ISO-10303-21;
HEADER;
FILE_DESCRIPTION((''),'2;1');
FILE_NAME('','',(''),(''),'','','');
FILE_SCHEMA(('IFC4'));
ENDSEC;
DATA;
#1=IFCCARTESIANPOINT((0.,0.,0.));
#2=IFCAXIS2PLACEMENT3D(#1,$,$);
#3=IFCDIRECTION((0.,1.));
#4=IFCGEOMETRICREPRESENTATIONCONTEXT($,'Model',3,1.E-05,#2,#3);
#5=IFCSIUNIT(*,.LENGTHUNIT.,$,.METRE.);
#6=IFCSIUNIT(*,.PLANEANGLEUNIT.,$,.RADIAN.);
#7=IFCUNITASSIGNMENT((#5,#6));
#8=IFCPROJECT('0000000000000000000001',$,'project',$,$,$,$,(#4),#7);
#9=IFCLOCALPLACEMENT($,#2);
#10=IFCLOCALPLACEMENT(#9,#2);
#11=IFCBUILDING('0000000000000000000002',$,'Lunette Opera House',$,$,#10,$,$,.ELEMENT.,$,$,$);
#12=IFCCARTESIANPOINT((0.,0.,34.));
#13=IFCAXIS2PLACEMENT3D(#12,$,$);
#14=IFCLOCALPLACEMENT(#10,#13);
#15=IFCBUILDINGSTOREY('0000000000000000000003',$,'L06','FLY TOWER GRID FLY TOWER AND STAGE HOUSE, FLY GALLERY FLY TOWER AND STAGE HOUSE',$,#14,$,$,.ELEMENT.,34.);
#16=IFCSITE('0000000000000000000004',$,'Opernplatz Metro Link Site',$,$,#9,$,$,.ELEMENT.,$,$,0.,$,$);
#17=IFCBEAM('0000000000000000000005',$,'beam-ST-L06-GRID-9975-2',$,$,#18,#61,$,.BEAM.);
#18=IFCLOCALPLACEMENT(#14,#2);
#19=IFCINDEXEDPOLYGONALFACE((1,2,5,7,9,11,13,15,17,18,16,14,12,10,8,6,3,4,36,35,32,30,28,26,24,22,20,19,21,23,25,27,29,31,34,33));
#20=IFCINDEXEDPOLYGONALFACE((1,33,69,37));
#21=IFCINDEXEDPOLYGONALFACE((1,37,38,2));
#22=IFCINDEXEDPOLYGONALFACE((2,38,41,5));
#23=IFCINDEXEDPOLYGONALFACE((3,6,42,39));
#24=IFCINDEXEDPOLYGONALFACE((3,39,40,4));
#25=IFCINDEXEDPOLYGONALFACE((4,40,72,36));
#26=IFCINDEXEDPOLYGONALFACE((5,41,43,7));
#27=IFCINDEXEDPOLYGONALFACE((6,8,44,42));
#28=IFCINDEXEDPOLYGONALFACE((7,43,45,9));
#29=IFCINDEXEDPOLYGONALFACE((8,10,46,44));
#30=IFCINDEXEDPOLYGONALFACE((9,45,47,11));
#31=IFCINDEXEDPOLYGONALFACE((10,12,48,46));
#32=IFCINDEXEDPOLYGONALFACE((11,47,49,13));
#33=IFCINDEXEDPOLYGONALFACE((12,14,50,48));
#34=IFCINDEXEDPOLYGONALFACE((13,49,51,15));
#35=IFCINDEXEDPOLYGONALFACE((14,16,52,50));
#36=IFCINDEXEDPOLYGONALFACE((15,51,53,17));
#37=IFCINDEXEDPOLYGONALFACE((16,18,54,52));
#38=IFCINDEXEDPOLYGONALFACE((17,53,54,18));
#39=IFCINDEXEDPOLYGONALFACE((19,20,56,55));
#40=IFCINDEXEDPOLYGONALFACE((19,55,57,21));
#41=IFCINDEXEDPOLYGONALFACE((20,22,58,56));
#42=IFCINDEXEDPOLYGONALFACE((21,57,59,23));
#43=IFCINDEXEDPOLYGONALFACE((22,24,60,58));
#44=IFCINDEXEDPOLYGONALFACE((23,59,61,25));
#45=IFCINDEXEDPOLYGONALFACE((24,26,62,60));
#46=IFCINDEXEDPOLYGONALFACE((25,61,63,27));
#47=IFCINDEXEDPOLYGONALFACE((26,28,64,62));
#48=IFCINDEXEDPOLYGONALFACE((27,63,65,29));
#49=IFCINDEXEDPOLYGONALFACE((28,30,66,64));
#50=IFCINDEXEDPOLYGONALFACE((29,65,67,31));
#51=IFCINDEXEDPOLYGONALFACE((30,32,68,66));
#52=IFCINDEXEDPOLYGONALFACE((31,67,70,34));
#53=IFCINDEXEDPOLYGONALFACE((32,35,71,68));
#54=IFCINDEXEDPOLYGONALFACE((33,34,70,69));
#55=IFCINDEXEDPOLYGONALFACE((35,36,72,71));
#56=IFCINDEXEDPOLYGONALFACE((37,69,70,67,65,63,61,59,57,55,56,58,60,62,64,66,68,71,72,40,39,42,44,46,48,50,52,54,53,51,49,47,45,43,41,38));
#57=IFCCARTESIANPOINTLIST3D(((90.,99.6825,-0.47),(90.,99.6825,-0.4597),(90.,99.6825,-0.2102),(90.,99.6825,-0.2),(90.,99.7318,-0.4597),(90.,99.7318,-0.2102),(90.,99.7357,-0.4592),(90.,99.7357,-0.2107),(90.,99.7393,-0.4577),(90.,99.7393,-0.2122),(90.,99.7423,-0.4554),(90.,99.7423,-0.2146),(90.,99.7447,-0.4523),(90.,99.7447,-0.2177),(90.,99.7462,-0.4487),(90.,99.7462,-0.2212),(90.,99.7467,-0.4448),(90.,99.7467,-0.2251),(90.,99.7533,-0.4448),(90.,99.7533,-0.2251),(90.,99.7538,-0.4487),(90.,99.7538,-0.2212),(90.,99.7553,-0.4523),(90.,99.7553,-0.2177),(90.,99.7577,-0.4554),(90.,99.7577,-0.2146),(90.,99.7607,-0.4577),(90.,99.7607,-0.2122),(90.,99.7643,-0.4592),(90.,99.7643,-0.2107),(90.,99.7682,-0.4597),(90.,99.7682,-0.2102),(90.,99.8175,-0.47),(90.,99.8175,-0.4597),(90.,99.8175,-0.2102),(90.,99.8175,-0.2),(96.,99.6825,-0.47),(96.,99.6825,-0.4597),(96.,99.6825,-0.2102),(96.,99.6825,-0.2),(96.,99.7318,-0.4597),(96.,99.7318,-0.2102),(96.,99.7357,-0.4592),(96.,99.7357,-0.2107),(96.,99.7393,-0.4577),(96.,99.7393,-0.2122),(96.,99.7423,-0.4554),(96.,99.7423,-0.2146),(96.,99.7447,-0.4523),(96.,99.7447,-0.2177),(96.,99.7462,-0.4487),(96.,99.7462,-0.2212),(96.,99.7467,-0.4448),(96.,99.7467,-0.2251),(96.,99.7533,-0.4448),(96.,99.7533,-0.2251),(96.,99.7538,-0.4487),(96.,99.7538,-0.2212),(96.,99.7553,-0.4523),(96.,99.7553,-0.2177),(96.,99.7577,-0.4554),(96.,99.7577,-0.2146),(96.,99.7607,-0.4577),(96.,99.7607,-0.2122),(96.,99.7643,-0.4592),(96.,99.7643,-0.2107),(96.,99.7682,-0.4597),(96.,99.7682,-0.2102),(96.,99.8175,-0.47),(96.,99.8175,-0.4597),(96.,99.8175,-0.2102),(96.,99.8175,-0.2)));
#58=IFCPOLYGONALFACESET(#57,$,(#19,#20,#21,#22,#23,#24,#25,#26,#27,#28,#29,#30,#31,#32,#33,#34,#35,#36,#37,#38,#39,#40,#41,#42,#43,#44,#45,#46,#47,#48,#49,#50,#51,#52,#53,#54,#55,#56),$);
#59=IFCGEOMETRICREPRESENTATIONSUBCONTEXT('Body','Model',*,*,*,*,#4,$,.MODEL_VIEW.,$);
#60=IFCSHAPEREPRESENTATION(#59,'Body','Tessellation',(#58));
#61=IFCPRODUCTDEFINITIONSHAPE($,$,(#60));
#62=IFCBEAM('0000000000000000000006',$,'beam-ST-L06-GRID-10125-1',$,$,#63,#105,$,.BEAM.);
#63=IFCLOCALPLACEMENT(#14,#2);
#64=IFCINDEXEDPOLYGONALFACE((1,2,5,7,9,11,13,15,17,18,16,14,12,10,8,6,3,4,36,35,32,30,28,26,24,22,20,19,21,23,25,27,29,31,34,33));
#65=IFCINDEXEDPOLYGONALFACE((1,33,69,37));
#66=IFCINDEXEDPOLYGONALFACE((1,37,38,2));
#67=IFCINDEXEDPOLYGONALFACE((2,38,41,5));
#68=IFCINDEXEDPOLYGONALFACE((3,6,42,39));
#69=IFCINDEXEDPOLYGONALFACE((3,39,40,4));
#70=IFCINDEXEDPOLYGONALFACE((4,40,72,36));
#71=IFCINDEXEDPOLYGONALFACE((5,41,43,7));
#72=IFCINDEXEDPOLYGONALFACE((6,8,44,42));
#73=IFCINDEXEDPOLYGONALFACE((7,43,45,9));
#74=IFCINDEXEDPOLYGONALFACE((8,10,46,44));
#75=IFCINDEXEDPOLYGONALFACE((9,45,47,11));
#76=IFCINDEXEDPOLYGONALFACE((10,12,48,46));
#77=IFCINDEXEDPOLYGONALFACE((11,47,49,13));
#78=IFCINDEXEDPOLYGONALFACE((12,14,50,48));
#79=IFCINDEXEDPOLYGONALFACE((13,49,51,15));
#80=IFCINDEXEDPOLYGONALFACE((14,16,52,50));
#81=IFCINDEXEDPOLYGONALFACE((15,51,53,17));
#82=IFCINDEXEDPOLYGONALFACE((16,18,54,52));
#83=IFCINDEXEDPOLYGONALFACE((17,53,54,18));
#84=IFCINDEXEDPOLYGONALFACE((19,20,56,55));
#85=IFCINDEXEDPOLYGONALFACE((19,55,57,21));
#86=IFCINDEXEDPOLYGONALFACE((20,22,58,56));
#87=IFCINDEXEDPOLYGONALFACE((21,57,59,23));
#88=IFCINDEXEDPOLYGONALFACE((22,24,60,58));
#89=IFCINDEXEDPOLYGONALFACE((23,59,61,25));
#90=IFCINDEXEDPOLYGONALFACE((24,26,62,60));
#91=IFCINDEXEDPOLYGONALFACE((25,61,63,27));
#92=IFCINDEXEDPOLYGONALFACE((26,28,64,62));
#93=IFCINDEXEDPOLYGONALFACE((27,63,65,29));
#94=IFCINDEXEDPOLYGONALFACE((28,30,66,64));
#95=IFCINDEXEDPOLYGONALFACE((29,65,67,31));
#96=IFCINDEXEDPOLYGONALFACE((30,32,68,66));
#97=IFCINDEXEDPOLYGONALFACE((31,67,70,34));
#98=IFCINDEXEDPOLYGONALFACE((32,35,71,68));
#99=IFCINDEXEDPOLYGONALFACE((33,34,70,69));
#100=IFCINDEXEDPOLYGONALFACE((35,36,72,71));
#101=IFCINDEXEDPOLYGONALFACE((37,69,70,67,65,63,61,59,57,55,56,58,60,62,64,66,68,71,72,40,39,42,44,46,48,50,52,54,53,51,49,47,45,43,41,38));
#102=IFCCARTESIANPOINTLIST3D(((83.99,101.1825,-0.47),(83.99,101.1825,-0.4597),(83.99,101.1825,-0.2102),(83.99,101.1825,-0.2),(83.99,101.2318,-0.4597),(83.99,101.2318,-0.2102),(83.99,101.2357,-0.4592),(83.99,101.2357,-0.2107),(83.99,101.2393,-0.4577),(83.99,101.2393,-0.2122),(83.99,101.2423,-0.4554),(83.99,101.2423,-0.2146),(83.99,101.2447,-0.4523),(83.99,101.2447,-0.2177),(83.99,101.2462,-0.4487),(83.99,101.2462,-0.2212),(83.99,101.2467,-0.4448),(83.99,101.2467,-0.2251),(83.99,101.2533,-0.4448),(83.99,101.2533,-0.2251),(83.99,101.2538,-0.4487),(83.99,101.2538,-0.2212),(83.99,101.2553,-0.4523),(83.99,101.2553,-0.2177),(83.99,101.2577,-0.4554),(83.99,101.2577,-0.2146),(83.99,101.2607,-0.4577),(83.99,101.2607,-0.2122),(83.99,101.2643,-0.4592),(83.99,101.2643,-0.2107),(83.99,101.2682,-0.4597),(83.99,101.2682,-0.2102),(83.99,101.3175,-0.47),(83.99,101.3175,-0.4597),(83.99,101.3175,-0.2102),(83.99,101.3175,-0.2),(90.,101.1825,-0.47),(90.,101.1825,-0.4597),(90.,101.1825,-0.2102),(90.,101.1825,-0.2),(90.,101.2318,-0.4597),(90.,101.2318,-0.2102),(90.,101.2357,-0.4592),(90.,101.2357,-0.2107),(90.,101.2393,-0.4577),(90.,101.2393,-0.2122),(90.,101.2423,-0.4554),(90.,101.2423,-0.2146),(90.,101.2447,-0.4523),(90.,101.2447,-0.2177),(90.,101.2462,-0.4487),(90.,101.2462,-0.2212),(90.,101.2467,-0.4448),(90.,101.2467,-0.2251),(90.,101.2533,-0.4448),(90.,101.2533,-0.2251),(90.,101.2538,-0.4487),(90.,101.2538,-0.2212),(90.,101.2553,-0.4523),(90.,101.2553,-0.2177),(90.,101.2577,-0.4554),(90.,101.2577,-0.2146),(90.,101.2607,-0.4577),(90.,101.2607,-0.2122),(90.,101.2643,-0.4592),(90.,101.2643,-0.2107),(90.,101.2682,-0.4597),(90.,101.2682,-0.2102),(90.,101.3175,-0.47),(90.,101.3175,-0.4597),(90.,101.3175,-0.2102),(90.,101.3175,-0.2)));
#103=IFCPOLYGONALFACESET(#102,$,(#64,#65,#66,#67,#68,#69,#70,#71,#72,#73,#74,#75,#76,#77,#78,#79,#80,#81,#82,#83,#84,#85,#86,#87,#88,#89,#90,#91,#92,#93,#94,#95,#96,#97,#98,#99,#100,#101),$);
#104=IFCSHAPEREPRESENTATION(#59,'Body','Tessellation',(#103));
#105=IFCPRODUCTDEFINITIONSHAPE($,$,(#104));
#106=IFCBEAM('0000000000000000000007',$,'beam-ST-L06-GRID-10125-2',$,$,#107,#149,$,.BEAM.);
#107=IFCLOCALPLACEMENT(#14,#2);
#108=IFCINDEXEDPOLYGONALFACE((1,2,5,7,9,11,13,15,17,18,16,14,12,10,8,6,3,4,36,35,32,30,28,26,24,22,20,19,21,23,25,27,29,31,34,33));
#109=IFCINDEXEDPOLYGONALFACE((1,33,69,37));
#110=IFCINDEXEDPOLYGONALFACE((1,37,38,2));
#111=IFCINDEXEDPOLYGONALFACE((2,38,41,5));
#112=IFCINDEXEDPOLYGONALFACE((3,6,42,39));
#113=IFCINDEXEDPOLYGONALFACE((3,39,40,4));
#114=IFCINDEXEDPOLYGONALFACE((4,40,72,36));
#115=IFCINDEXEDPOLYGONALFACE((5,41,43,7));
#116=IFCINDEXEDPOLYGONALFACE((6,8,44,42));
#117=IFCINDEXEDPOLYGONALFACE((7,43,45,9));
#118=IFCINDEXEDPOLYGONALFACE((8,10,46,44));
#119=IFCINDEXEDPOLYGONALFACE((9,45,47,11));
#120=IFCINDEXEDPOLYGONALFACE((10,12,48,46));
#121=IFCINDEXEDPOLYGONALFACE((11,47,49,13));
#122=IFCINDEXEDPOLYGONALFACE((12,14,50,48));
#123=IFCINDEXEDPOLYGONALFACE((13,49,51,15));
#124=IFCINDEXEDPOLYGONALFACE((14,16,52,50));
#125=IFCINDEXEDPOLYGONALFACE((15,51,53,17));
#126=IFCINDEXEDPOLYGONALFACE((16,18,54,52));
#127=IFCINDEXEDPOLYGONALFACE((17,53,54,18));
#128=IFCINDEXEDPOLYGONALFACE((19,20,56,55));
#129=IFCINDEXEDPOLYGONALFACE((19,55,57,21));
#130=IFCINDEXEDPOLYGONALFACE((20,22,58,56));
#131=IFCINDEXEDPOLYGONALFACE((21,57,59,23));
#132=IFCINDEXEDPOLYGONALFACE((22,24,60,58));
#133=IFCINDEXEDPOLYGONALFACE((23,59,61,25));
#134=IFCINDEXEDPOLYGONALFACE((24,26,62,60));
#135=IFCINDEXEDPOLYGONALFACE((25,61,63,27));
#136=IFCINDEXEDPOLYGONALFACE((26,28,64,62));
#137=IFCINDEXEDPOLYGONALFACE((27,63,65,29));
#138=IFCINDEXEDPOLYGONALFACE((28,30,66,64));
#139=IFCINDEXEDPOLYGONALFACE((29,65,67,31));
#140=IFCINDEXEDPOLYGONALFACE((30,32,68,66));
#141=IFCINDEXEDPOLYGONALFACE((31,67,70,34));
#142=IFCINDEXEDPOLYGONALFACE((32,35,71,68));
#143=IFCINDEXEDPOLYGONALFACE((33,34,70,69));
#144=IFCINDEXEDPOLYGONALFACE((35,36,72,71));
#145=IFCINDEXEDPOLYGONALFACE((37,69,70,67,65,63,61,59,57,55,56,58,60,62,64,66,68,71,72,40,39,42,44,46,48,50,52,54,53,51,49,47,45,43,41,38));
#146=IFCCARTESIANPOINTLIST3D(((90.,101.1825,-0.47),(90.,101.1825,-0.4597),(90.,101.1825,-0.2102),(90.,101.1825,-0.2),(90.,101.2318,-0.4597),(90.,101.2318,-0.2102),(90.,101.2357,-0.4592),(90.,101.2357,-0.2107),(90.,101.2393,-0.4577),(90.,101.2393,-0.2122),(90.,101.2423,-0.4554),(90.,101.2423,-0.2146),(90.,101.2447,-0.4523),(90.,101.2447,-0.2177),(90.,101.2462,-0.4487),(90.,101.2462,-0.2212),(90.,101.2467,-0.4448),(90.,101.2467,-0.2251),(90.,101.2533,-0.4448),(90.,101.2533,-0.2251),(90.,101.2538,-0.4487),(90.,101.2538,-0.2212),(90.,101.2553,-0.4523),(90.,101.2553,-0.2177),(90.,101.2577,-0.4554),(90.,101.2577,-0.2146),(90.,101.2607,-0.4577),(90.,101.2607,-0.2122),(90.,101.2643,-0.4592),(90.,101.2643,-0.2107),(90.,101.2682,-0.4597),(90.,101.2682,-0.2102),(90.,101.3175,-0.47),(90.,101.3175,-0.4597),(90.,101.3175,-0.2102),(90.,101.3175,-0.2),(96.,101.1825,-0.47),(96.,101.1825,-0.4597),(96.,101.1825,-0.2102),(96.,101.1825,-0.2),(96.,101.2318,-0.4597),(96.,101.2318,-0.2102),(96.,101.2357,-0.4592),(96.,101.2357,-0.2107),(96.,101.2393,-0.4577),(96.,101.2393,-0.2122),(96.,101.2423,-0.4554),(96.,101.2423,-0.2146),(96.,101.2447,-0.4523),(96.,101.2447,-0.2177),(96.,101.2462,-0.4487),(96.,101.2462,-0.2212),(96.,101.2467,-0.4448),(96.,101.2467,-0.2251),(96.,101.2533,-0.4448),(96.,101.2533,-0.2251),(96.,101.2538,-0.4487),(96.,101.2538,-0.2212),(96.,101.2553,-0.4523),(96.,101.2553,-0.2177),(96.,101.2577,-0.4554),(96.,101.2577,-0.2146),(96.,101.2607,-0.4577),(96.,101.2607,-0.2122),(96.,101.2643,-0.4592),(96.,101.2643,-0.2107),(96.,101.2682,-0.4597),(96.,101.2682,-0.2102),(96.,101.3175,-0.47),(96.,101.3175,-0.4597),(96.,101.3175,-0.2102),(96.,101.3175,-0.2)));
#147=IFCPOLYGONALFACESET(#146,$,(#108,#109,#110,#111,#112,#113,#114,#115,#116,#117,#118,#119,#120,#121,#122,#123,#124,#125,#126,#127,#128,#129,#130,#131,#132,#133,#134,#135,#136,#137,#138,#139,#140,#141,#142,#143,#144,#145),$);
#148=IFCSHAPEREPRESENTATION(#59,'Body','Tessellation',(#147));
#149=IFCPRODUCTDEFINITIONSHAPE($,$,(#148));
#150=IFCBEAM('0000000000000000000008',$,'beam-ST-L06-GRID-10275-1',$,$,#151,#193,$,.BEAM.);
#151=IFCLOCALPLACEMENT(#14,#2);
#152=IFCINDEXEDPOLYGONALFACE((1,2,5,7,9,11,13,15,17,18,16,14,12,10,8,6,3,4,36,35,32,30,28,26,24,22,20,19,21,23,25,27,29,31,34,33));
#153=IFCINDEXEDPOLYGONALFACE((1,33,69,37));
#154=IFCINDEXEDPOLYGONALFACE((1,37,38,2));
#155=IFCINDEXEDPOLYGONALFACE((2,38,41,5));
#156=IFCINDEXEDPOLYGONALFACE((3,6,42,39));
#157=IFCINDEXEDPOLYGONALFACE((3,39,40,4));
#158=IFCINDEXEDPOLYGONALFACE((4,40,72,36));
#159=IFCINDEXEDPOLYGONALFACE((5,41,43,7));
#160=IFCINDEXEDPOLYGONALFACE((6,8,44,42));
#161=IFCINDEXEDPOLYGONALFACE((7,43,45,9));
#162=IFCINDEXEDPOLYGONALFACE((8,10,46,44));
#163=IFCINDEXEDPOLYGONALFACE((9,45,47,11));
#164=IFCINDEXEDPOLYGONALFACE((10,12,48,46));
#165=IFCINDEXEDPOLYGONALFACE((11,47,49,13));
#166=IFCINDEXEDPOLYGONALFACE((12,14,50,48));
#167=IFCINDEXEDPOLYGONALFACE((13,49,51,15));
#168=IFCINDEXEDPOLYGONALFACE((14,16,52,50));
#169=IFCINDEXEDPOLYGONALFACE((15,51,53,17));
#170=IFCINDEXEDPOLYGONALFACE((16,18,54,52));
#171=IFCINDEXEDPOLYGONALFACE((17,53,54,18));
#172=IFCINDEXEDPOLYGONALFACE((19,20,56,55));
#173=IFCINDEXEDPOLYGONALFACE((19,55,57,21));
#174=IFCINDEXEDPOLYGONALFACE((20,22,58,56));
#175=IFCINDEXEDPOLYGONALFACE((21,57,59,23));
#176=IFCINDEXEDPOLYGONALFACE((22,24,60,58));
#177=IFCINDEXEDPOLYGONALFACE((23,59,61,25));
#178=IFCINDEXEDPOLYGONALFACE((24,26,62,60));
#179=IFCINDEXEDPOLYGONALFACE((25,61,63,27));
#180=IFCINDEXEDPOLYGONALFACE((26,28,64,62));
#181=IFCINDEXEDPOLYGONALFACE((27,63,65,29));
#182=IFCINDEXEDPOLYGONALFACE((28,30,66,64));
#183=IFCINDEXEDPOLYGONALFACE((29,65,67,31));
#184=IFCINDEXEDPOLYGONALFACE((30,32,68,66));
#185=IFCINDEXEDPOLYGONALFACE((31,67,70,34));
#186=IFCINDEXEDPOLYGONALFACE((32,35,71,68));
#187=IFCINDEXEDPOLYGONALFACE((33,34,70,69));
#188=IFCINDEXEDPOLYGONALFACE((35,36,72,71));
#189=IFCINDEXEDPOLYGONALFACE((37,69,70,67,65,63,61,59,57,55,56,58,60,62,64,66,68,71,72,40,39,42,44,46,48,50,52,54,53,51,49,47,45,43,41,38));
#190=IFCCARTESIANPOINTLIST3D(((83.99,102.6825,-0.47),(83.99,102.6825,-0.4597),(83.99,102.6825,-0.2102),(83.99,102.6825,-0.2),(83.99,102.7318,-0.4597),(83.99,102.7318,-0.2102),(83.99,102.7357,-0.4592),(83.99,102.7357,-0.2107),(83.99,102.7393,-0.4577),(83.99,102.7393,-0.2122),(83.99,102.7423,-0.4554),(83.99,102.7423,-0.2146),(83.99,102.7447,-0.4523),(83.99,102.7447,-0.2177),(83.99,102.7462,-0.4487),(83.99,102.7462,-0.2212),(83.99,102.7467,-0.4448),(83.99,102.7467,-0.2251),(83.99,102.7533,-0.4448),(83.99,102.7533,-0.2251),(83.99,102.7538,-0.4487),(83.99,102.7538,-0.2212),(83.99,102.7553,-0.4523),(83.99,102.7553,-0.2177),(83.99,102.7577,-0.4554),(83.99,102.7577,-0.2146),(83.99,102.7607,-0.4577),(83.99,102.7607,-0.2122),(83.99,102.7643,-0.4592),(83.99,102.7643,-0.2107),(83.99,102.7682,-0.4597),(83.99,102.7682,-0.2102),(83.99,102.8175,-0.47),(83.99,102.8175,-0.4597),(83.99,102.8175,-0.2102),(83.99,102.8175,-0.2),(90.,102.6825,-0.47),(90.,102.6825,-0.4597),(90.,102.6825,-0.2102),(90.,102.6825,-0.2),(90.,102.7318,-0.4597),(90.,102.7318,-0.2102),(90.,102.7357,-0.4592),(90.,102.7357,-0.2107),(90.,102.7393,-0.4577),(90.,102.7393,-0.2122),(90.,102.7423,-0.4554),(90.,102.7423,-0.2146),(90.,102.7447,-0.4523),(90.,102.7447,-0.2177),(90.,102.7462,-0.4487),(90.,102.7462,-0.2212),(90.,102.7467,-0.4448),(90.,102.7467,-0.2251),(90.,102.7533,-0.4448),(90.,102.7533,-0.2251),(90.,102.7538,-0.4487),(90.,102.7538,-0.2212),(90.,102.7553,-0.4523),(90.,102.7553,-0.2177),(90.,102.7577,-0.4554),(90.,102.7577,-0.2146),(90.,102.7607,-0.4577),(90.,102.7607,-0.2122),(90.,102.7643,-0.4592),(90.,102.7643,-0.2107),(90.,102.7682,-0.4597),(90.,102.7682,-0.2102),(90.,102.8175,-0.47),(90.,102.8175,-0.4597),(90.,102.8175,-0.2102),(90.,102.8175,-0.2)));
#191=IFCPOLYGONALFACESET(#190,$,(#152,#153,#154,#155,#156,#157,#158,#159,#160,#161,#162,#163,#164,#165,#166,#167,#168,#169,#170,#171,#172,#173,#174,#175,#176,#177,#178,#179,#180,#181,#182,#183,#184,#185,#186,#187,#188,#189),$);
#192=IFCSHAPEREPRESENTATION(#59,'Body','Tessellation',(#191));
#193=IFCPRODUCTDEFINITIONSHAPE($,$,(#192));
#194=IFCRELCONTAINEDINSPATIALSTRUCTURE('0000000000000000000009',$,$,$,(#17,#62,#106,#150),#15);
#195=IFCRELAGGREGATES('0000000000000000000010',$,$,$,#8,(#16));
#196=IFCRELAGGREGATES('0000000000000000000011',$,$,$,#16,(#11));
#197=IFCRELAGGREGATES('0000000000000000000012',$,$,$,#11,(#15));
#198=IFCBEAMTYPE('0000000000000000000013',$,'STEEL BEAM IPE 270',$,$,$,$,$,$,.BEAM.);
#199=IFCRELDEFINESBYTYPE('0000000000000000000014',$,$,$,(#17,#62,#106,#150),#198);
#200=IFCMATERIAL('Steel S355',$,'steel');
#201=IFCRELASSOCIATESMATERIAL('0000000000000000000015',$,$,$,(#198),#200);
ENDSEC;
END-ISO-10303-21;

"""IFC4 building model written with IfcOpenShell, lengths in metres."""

from ifc_helpers import new_model, si_unit, direction, frame, origin, origin_2d, place, context, subcontext, project, spatial, i_section, extrude, material, material_profile, profile_set, type_object, element, save


model = new_model("IFC4")

# Units and contexts
model_context = context("Model", 3, precision=1e-05, world=origin(), true_north=direction((0.0, 1.0)))
body_context = subcontext(model_context, "Body", "Model", "MODEL_VIEW")
ifc_project = project(units=[si_unit("LENGTHUNIT", "METRE"), si_unit("PLANEANGLEUNIT", "RADIAN")], contexts=[model_context])

# Site, building, storey
site_placement = place(None, origin())
site = spatial("IfcSite", under=ifc_project, at=site_placement, Name="Opernplatz Metro Link Site", CompositionType="ELEMENT", RefElevation=0.0)
building_placement = place(site_placement, origin())
building = spatial("IfcBuilding", under=site, at=building_placement, Name="Lunette Opera House", CompositionType="ELEMENT")
storey_placement = place(building_placement, frame((0.0, 0.0, 34.0)))
storey = spatial("IfcBuildingStorey", under=building, at=storey_placement, Name="L06", Description="FLY TOWER GRID FLY TOWER AND STAGE HOUSE, FLY GALLERY FLY TOWER AND STAGE HOUSE", CompositionType="ELEMENT", Elevation=34.0)

# Beams
ifc_material_1 = material(Name="Steel S355", Category="steel")
ifc_material_profile_1 = material_profile(ifc_material_1, i_section(OverallWidth=0.135, OverallDepth=0.27, WebThickness=0.0066, FlangeThickness=0.0103, FilletRadius=0.0149, at=origin_2d()), Name="IPE 270")
ifc_profile_set_1 = profile_set([ifc_material_profile_1], Name="Steel S355")
beam_type = type_object("IfcBeamType", Name="STEEL BEAM IPE 270", PredefinedType="BEAM", material=ifc_profile_set_1)
beam_1_placement = place(storey_placement, frame((90.0, 99.75, -0.335), z_axis=(1.0, 0.0, 0.0), x_axis=(0.0, 1.0, 0.0)))
element("IfcBeam", 1, at=beam_1_placement, inside=storey, type_object=beam_type, Name="beam-ST-L06-GRID-9975-2", PredefinedType="BEAM", context=body_context, shape_type="SweptSolid", body=[
    extrude(i_section(OverallWidth=0.135, OverallDepth=0.27, WebThickness=0.0066, FlangeThickness=0.0103, FilletRadius=0.0149, at=origin_2d()), origin(), (0.0, 0.0, 1.0), 6.0),
])
beam_2_placement = place(storey_placement, frame((83.99, 101.25, -0.335), z_axis=(1.0, 0.0, 0.0), x_axis=(0.0, 1.0, 0.0)))
element("IfcBeam", 2, at=beam_2_placement, inside=storey, type_object=beam_type, Name="beam-ST-L06-GRID-10125-1", PredefinedType="BEAM", context=body_context, shape_type="SweptSolid", body=[
    extrude(i_section(OverallWidth=0.135, OverallDepth=0.27, WebThickness=0.0066, FlangeThickness=0.0103, FilletRadius=0.0149, at=origin_2d()), origin(), (0.0, 0.0, 1.0), 6.01),
])
beam_3_placement = place(storey_placement, frame((90.0, 101.25, -0.335), z_axis=(1.0, 0.0, 0.0), x_axis=(0.0, 1.0, 0.0)))
element("IfcBeam", 3, at=beam_3_placement, inside=storey, type_object=beam_type, Name="beam-ST-L06-GRID-10125-2", PredefinedType="BEAM", context=body_context, shape_type="SweptSolid", body=[
    extrude(i_section(OverallWidth=0.135, OverallDepth=0.27, WebThickness=0.0066, FlangeThickness=0.0103, FilletRadius=0.0149, at=origin_2d()), origin(), (0.0, 0.0, 1.0), 6.0),
])
beam_4_placement = place(storey_placement, frame((83.99, 102.75, -0.335), z_axis=(1.0, 0.0, 0.0), x_axis=(0.0, 1.0, 0.0)))
element("IfcBeam", 4, at=beam_4_placement, inside=storey, type_object=beam_type, Name="beam-ST-L06-GRID-10275-1", PredefinedType="BEAM", context=body_context, shape_type="SweptSolid", body=[
    extrude(i_section(OverallWidth=0.135, OverallDepth=0.27, WebThickness=0.0066, FlangeThickness=0.0103, FilletRadius=0.0149, at=origin_2d()), origin(), (0.0, 0.0, 1.0), 6.01),
])

save(model, "model.ifc")
